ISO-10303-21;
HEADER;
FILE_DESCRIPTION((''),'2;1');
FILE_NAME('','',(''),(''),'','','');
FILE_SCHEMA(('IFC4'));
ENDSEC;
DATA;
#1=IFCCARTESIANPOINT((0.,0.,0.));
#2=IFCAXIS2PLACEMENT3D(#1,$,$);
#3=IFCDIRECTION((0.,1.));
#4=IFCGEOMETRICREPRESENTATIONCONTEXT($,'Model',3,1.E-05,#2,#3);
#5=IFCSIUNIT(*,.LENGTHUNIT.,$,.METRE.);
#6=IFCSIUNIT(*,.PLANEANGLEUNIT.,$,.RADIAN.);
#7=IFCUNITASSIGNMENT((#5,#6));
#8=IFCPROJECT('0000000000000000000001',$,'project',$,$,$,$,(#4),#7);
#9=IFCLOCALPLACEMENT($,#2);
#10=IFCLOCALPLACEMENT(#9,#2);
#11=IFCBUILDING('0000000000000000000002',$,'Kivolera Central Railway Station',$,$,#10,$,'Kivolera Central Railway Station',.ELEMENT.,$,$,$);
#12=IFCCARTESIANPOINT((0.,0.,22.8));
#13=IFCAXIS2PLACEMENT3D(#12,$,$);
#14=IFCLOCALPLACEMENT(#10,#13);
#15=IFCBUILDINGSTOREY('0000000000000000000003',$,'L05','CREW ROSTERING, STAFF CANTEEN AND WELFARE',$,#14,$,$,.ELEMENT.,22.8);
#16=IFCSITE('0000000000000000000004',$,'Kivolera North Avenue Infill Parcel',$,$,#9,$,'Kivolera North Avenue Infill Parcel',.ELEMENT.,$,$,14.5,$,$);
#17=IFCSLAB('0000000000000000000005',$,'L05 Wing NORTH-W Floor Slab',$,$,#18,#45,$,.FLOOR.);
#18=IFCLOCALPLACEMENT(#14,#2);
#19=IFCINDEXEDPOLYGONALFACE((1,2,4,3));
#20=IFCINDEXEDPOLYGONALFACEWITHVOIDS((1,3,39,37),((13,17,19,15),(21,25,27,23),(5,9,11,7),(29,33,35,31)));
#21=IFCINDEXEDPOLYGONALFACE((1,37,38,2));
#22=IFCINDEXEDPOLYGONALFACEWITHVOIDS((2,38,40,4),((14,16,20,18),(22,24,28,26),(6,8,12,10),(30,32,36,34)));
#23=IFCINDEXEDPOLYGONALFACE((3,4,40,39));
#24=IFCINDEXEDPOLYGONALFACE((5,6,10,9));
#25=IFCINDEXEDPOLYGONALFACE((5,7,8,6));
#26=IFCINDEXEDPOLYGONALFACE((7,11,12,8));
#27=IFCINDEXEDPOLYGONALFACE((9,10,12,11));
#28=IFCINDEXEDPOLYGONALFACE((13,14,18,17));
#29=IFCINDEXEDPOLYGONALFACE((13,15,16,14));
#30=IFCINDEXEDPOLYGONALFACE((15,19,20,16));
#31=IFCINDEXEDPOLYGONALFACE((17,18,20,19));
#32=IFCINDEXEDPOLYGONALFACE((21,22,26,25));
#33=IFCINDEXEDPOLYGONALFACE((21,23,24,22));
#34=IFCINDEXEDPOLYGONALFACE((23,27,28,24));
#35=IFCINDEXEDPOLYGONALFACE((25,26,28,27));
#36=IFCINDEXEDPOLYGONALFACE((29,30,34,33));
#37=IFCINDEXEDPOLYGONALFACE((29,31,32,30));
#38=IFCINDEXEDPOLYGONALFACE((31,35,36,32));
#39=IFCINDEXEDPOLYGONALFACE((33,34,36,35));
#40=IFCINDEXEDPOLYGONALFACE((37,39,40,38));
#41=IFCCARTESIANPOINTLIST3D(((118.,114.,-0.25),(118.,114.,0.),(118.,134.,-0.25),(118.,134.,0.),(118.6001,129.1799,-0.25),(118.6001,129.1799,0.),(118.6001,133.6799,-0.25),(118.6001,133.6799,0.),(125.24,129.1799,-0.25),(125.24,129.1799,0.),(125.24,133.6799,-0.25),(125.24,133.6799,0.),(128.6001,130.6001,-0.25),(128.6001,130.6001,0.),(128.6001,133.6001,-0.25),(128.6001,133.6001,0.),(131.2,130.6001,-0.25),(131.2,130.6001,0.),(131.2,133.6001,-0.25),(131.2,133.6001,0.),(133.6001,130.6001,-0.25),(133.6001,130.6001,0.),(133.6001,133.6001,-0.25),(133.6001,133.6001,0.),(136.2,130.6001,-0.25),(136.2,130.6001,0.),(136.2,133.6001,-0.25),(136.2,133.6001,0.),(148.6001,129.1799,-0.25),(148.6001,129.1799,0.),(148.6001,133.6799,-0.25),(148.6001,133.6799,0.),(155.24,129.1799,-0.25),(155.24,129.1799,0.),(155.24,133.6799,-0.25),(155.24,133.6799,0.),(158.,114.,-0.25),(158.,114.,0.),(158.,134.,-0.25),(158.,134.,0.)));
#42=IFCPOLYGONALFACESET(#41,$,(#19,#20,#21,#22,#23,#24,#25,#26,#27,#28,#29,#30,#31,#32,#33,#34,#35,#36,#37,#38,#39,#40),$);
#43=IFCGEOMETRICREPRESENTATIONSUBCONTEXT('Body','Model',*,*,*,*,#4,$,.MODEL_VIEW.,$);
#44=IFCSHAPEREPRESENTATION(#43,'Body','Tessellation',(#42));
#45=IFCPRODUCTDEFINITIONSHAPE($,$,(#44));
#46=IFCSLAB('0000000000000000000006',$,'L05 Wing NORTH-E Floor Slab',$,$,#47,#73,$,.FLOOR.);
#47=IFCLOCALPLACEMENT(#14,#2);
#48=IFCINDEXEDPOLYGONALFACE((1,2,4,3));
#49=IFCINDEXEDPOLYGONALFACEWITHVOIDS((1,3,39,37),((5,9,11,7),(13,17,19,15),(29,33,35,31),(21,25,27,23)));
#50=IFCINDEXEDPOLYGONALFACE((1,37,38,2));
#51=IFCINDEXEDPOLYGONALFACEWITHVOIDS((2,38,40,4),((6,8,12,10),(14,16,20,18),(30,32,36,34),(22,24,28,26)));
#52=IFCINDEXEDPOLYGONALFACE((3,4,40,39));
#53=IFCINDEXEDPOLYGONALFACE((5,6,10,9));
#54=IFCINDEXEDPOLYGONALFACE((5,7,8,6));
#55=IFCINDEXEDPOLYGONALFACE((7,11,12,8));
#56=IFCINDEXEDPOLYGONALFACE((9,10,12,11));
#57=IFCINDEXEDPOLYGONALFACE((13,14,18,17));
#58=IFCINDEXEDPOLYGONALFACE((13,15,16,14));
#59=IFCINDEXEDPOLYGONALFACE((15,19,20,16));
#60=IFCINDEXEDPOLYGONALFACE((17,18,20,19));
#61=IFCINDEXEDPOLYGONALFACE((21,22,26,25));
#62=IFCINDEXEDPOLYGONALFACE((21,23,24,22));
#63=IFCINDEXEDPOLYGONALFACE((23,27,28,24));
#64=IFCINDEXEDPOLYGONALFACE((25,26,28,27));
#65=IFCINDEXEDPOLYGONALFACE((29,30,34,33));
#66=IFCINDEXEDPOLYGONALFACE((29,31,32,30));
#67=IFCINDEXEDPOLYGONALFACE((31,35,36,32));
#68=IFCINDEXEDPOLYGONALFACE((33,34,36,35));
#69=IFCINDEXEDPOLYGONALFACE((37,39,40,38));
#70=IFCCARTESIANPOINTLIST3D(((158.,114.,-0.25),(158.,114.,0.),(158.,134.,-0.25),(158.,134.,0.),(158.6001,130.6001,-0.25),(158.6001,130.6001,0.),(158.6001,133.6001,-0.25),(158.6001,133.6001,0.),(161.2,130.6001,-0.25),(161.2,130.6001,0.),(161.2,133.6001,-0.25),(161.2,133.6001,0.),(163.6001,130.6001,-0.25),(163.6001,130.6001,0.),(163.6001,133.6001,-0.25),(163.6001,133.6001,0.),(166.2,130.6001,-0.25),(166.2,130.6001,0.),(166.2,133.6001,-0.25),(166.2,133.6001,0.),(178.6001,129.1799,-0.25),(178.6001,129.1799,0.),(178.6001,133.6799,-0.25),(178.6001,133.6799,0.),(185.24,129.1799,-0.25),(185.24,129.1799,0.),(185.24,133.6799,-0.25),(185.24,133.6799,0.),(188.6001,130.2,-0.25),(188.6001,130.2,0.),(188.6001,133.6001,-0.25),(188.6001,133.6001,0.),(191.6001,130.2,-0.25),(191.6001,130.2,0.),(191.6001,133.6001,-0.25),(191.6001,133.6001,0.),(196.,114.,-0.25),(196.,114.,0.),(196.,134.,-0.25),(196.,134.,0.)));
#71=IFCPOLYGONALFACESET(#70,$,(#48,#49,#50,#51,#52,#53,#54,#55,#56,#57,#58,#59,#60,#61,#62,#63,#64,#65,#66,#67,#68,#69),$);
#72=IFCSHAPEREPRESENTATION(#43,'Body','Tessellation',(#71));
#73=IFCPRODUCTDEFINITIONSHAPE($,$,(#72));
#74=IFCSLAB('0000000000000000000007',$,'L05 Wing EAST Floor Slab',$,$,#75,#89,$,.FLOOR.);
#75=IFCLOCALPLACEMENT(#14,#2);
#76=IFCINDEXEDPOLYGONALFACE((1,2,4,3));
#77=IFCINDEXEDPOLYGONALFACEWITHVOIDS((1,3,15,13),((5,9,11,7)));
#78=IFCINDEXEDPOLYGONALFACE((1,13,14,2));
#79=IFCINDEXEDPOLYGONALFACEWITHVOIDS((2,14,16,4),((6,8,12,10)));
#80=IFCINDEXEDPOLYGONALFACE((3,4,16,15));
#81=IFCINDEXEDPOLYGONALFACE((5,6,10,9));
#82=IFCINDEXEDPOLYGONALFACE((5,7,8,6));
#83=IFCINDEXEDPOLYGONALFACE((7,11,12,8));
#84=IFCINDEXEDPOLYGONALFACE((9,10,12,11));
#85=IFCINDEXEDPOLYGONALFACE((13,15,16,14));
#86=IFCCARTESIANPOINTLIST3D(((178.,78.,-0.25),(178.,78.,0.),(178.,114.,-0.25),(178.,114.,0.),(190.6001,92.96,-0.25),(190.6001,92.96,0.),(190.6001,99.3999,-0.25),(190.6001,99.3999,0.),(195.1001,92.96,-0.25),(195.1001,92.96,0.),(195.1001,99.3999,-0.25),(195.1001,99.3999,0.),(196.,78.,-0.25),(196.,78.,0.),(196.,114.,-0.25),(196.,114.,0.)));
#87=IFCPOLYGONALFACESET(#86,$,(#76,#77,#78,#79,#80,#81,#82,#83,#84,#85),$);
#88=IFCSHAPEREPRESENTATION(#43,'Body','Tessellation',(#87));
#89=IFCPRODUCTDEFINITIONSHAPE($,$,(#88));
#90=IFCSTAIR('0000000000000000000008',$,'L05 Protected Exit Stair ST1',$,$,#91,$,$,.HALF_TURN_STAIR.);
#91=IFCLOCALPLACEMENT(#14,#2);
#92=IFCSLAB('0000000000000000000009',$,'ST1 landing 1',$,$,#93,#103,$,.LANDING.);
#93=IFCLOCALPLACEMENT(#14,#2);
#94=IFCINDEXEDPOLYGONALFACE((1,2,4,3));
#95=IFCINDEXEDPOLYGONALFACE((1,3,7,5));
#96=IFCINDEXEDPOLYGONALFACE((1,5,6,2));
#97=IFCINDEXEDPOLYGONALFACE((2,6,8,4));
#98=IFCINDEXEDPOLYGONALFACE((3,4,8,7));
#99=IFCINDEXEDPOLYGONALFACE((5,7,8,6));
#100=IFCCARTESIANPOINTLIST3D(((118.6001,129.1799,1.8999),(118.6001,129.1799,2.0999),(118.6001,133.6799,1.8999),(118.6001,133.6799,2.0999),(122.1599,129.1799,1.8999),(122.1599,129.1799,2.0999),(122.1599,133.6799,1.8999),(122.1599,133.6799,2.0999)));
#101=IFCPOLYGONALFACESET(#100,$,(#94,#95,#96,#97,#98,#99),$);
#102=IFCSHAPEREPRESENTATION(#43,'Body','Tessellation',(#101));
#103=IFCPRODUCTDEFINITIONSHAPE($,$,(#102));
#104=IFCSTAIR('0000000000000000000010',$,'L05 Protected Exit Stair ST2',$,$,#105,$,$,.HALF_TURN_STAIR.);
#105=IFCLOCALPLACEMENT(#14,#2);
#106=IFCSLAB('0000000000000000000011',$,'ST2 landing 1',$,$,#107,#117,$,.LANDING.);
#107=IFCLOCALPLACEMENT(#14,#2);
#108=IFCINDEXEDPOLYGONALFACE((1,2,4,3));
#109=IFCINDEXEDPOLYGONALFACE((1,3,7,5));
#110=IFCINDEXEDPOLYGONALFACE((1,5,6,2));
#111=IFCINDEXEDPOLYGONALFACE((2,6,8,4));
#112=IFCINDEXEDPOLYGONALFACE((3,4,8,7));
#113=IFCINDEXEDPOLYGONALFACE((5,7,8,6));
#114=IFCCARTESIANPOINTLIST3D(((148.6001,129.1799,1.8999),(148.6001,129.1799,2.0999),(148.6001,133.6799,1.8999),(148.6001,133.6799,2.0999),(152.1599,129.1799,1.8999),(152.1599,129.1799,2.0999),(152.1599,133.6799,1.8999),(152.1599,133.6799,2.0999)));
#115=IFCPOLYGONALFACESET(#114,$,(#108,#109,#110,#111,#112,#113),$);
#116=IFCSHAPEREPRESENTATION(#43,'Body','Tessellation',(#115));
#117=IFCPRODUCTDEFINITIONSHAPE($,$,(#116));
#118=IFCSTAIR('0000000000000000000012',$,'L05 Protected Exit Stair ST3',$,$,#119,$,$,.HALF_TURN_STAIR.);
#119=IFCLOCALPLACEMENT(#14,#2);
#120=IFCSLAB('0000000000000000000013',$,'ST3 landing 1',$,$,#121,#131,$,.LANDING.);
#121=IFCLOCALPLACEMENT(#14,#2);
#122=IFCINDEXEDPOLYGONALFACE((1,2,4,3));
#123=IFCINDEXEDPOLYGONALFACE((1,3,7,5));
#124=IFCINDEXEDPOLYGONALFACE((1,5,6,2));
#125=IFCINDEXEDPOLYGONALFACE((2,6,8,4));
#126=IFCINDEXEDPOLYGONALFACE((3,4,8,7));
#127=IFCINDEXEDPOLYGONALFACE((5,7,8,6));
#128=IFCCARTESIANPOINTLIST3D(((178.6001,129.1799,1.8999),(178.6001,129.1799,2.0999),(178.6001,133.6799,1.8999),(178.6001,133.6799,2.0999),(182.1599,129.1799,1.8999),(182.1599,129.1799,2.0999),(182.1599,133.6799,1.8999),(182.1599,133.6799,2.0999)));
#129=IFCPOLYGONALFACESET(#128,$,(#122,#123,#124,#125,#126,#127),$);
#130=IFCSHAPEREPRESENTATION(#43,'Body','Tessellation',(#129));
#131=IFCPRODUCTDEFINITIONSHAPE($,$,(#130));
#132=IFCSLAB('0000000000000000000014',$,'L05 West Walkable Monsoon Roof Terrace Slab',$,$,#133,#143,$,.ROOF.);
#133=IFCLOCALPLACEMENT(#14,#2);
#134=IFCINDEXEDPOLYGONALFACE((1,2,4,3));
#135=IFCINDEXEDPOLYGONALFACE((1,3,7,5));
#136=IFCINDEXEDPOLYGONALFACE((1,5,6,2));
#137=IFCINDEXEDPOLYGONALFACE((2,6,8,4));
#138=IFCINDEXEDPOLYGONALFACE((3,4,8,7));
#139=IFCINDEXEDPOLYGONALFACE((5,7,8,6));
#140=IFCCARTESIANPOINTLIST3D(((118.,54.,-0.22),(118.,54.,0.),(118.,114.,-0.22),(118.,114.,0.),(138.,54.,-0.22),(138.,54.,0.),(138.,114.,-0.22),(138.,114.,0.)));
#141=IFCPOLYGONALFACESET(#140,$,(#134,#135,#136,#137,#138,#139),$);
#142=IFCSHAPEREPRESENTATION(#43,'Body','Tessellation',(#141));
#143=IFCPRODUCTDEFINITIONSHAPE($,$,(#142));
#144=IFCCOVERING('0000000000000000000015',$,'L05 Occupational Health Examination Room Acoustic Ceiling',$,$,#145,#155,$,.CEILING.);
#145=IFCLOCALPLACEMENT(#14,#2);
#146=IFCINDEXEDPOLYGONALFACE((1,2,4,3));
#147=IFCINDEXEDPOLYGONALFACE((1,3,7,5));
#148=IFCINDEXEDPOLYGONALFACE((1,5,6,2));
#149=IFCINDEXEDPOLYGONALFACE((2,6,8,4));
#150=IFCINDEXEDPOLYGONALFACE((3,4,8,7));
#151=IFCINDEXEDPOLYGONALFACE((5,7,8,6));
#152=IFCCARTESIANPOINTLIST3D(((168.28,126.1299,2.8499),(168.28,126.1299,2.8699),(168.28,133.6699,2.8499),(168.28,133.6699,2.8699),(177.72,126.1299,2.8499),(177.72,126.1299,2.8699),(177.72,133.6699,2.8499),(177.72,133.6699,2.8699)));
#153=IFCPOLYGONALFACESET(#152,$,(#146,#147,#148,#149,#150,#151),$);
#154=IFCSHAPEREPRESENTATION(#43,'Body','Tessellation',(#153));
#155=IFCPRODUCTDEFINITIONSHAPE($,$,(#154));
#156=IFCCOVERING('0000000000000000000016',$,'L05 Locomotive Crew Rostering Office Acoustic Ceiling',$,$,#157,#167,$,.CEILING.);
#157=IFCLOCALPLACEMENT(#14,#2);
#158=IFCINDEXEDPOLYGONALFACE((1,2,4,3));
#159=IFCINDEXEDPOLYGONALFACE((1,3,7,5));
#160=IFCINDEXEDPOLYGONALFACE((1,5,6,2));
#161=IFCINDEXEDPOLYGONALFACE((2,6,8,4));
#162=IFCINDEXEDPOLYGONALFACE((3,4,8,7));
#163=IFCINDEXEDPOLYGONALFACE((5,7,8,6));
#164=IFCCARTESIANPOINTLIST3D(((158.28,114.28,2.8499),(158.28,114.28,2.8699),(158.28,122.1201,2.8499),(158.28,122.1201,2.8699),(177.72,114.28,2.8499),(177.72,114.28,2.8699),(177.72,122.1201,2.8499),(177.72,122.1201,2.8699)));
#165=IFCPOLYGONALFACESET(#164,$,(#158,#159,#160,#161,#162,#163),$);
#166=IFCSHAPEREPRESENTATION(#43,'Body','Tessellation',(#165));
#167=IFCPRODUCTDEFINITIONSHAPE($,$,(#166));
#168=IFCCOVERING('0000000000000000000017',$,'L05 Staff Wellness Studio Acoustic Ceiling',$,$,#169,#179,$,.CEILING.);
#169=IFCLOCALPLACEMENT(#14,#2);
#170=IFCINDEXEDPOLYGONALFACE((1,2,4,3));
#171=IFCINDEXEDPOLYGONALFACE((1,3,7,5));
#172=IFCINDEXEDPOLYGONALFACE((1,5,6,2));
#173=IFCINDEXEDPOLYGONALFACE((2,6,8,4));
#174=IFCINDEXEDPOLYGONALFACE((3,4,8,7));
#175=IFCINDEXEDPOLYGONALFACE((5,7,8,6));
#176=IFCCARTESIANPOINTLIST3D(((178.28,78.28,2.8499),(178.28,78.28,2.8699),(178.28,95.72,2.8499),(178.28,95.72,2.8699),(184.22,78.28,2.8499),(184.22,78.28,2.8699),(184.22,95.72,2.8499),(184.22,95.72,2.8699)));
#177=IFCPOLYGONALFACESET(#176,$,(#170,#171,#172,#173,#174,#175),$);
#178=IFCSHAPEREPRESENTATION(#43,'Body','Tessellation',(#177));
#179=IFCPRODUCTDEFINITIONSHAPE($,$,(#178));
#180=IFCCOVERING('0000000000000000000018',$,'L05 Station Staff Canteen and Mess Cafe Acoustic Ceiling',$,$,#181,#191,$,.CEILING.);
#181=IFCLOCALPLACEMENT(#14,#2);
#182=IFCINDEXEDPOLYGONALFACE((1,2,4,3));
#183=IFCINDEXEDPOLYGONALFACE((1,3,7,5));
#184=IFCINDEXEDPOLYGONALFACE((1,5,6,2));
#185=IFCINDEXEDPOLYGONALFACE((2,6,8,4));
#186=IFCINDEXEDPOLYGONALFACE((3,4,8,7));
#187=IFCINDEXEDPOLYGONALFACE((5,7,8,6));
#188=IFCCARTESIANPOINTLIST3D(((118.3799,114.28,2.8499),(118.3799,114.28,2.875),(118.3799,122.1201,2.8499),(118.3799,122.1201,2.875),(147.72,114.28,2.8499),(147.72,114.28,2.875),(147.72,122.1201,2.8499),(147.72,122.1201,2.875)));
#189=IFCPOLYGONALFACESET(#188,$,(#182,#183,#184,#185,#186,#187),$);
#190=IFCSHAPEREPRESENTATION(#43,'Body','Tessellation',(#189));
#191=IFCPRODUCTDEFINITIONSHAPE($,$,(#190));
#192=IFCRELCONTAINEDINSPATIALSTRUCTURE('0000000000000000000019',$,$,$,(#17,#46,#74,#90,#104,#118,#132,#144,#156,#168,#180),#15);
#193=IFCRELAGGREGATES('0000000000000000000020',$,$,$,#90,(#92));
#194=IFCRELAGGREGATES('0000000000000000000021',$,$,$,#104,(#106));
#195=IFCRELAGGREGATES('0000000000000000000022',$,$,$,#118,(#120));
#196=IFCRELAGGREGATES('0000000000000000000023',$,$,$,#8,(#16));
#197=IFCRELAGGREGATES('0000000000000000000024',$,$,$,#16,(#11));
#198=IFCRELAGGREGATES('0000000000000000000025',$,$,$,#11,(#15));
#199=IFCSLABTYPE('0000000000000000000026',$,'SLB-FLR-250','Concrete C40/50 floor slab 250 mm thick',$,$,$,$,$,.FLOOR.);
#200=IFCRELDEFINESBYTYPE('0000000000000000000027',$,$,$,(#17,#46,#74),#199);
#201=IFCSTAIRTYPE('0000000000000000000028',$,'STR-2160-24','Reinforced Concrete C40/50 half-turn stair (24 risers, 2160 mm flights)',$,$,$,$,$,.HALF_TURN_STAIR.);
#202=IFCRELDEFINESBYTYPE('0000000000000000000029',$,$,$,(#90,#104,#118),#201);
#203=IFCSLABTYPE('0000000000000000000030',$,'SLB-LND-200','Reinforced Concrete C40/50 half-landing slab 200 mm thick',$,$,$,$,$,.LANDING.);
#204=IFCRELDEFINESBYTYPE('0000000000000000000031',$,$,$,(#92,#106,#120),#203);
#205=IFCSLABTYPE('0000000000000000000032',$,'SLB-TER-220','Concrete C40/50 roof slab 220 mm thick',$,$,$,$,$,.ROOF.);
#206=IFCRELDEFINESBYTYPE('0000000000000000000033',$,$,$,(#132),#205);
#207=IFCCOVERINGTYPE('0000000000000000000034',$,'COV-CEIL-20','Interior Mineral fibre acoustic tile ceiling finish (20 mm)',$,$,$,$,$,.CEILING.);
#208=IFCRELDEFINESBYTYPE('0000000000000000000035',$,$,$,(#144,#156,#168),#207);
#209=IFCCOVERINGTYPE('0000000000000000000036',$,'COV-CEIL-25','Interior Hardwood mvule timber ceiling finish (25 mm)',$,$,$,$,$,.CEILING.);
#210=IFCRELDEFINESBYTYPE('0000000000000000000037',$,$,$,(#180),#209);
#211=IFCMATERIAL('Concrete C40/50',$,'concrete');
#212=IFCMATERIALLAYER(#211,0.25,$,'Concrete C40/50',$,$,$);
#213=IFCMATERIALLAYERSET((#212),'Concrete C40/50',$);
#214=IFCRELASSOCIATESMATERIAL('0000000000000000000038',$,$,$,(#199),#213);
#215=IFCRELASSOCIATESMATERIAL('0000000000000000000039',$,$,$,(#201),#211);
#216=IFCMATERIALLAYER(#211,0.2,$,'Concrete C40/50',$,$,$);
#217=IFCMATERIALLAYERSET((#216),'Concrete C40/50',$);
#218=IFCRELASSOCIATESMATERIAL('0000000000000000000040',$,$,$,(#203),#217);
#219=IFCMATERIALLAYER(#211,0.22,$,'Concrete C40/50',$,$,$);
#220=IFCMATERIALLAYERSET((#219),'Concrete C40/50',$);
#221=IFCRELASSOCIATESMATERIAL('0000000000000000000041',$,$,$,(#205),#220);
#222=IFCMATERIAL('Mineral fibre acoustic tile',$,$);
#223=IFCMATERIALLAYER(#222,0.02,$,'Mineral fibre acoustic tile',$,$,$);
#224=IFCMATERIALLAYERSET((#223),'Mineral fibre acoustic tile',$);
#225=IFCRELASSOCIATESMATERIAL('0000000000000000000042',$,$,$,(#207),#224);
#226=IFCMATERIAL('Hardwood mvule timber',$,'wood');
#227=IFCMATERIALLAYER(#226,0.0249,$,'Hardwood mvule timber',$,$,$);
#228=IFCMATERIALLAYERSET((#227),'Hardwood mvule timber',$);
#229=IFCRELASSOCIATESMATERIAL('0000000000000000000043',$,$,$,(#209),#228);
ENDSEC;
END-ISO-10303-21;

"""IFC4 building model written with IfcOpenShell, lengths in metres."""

from ifc_helpers import new_model, si_unit, direction, frame, origin, place, context, subcontext, project, spatial, polyline, outline, extrude, material, layer, layer_set, type_object, element, aggregate, save


model = new_model("IFC4")

# Units and contexts
model_context = context("Model", 3, precision=1e-05, world=origin(), true_north=direction((0.0, 1.0)))
body_context = subcontext(model_context, "Body", "Model", "MODEL_VIEW")
ifc_project = project(units=[si_unit("LENGTHUNIT", "METRE"), si_unit("PLANEANGLEUNIT", "RADIAN")], contexts=[model_context])

# Site, building, storey
site_placement = place(None, origin())
site = spatial("IfcSite", under=ifc_project, at=site_placement, Name="Kivolera North Avenue Infill Parcel", LongName="Kivolera North Avenue Infill Parcel", CompositionType="ELEMENT", RefElevation=14.5)
building_placement = place(site_placement, origin())
building = spatial("IfcBuilding", under=site, at=building_placement, Name="Kivolera Central Railway Station", LongName="Kivolera Central Railway Station", CompositionType="ELEMENT")
storey_placement = place(building_placement, frame((0.0, 0.0, 22.8)))
storey = spatial("IfcBuildingStorey", under=building, at=storey_placement, Name="L05", Description="CREW ROSTERING, STAFF CANTEEN AND WELFARE", CompositionType="ELEMENT", Elevation=22.8)

# Slabs
ifc_material_1 = material(Name="Concrete C40/50", Category="concrete")
ifc_layer_1 = layer(ifc_material_1, 0.25, Name="Concrete C40/50")
ifc_layer_set_1 = layer_set([ifc_layer_1], Name="Concrete C40/50")
slab_type_1 = type_object("IfcSlabType", Name="SLB-FLR-250", Description="Concrete C40/50 floor slab 250 mm thick", PredefinedType="FLOOR", material=ifc_layer_set_1)
slab_1_placement = place(storey_placement, frame((0.0, 0.0, -0.25)))
element("IfcSlab", 1, at=slab_1_placement, inside=storey, type_object=slab_type_1, Name="L05 Wing NORTH-W Floor Slab", PredefinedType="FLOOR", context=body_context, shape_type="SweptSolid", body=[
    extrude(outline(polyline([(118.0, 114.0), (158.0, 114.0), (158.0, 134.0), (118.0, 134.0), (118.0, 114.0)]), holes=[polyline([(125.24, 133.6799), (118.6001, 133.6799), (118.6001, 129.1799), (125.24, 129.1799), (125.24, 133.6799)]), polyline([(155.24, 133.6799), (148.6001, 133.6799), (148.6001, 129.1799), (155.24, 129.1799), (155.24, 133.6799)]), polyline([(128.6001, 130.6001), (131.2, 130.6001), (131.2, 133.6001), (128.6001, 133.6001), (128.6001, 130.6001)]), polyline([(133.6001, 130.6001), (136.2, 130.6001), (136.2, 133.6001), (133.6001, 133.6001), (133.6001, 130.6001)])]), origin(), (0.0, 0.0, 1.0), 0.25),
])
slab_2_placement = place(storey_placement, frame((0.0, 0.0, -0.25)))
element("IfcSlab", 2, at=slab_2_placement, inside=storey, type_object=slab_type_1, Name="L05 Wing NORTH-E Floor Slab", PredefinedType="FLOOR", context=body_context, shape_type="SweptSolid", body=[
    extrude(outline(polyline([(158.0, 114.0), (196.0, 114.0), (196.0, 134.0), (158.0, 134.0), (158.0, 114.0)]), holes=[polyline([(185.24, 133.6799), (178.6001, 133.6799), (178.6001, 129.1799), (185.24, 129.1799), (185.24, 133.6799)]), polyline([(158.6001, 130.6001), (161.2, 130.6001), (161.2, 133.6001), (158.6001, 133.6001), (158.6001, 130.6001)]), polyline([(163.6001, 130.6001), (166.2, 130.6001), (166.2, 133.6001), (163.6001, 133.6001), (163.6001, 130.6001)]), polyline([(188.6001, 130.2), (191.6001, 130.2), (191.6001, 133.6001), (188.6001, 133.6001), (188.6001, 130.2)])]), origin(), (0.0, 0.0, 1.0), 0.25),
])
slab_3_placement = place(storey_placement, frame((0.0, 0.0, -0.25)))
element("IfcSlab", 3, at=slab_3_placement, inside=storey, type_object=slab_type_1, Name="L05 Wing EAST Floor Slab", PredefinedType="FLOOR", context=body_context, shape_type="SweptSolid", body=[
    extrude(outline(polyline([(178.0, 78.0), (196.0, 78.0), (196.0, 114.0), (178.0, 114.0), (178.0, 78.0)]), holes=[polyline([(195.1001, 92.96), (195.1001, 99.3999), (190.6001, 99.3999), (190.6001, 92.96), (195.1001, 92.96)])]), origin(), (0.0, 0.0, 1.0), 0.25),
])

# Stairs, slabs
stair_type = type_object("IfcStairType", Name="STR-2160-24", Description="Reinforced Concrete C40/50 half-turn stair (24 risers, 2160 mm flights)", PredefinedType="HALF_TURN_STAIR", material=ifc_material_1)
stair_1_placement = place(storey_placement, origin())
stair_1 = element("IfcStair", 4, at=stair_1_placement, inside=storey, type_object=stair_type, Name="L05 Protected Exit Stair ST1", PredefinedType="HALF_TURN_STAIR")
ifc_layer_2 = layer(ifc_material_1, 0.2, Name="Concrete C40/50")
ifc_layer_set_2 = layer_set([ifc_layer_2], Name="Concrete C40/50")
slab_type_2 = type_object("IfcSlabType", Name="SLB-LND-200", Description="Reinforced Concrete C40/50 half-landing slab 200 mm thick", PredefinedType="LANDING", material=ifc_layer_set_2)
slab_4_placement = place(storey_placement, frame((0.0, 0.0, 1.8999)))
slab_4 = element("IfcSlab", 5, at=slab_4_placement, type_object=slab_type_2, Name="ST1 landing 1", PredefinedType="LANDING", context=body_context, shape_type="SweptSolid", body=[
    extrude(outline(polyline([(122.1599, 133.6799), (118.6001, 133.6799), (118.6001, 129.1799), (122.1599, 129.1799), (122.1599, 133.6799)])), origin(), (0.0, 0.0, 1.0), 0.2),
])
aggregate(stair_1, [slab_4])
stair_2_placement = place(storey_placement, origin())
stair_2 = element("IfcStair", 6, at=stair_2_placement, inside=storey, type_object=stair_type, Name="L05 Protected Exit Stair ST2", PredefinedType="HALF_TURN_STAIR")
slab_5_placement = place(storey_placement, frame((0.0, 0.0, 1.8999)))
slab_5 = element("IfcSlab", 7, at=slab_5_placement, type_object=slab_type_2, Name="ST2 landing 1", PredefinedType="LANDING", context=body_context, shape_type="SweptSolid", body=[
    extrude(outline(polyline([(152.1599, 133.6799), (148.6001, 133.6799), (148.6001, 129.1799), (152.1599, 129.1799), (152.1599, 133.6799)])), origin(), (0.0, 0.0, 1.0), 0.2),
])
aggregate(stair_2, [slab_5])
stair_3_placement = place(storey_placement, origin())
stair_3 = element("IfcStair", 8, at=stair_3_placement, inside=storey, type_object=stair_type, Name="L05 Protected Exit Stair ST3", PredefinedType="HALF_TURN_STAIR")
slab_6_placement = place(storey_placement, frame((0.0, 0.0, 1.8999)))
slab_6 = element("IfcSlab", 9, at=slab_6_placement, type_object=slab_type_2, Name="ST3 landing 1", PredefinedType="LANDING", context=body_context, shape_type="SweptSolid", body=[
    extrude(outline(polyline([(182.1599, 133.6799), (178.6001, 133.6799), (178.6001, 129.1799), (182.1599, 129.1799), (182.1599, 133.6799)])), origin(), (0.0, 0.0, 1.0), 0.2),
])
aggregate(stair_3, [slab_6])

# Slab
ifc_layer_3 = layer(ifc_material_1, 0.22, Name="Concrete C40/50")
ifc_layer_set_3 = layer_set([ifc_layer_3], Name="Concrete C40/50")
slab_type_3 = type_object("IfcSlabType", Name="SLB-TER-220", Description="Concrete C40/50 roof slab 220 mm thick", PredefinedType="ROOF", material=ifc_layer_set_3)
slab_7_placement = place(storey_placement, frame((0.0, 0.0, -0.22)))
element("IfcSlab", 10, at=slab_7_placement, inside=storey, type_object=slab_type_3, Name="L05 West Walkable Monsoon Roof Terrace Slab", PredefinedType="ROOF", context=body_context, shape_type="SweptSolid", body=[
    extrude(outline(polyline([(118.0, 54.0), (138.0, 54.0), (138.0, 114.0), (118.0, 114.0), (118.0, 54.0)])), origin(), (0.0, 0.0, 1.0), 0.22),
])

# Coverings
ifc_material_2 = material(Name="Mineral fibre acoustic tile")
ifc_layer_4 = layer(ifc_material_2, 0.02, Name="Mineral fibre acoustic tile")
ifc_layer_set_4 = layer_set([ifc_layer_4], Name="Mineral fibre acoustic tile")
covering_type_1 = type_object("IfcCoveringType", Name="COV-CEIL-20", Description="Interior Mineral fibre acoustic tile ceiling finish (20 mm)", PredefinedType="CEILING", material=ifc_layer_set_4)
covering_1_placement = place(storey_placement, frame((0.0, 0.0, 2.8499)))
element("IfcCovering", 11, at=covering_1_placement, inside=storey, type_object=covering_type_1, Name="L05 Occupational Health Examination Room Acoustic Ceiling", PredefinedType="CEILING", context=body_context, shape_type="SweptSolid", body=[
    extrude(outline(polyline([(168.28, 126.1299), (177.72, 126.1299), (177.72, 133.6699), (168.28, 133.6699), (168.28, 126.1299)])), origin(), (0.0, 0.0, 1.0), 0.02),
])
covering_2_placement = place(storey_placement, frame((0.0, 0.0, 2.8499)))
element("IfcCovering", 12, at=covering_2_placement, inside=storey, type_object=covering_type_1, Name="L05 Locomotive Crew Rostering Office Acoustic Ceiling", PredefinedType="CEILING", context=body_context, shape_type="SweptSolid", body=[
    extrude(outline(polyline([(158.28, 114.28), (177.72, 114.28), (177.72, 122.1201), (158.28, 122.1201), (158.28, 114.28)])), origin(), (0.0, 0.0, 1.0), 0.02),
])
covering_3_placement = place(storey_placement, frame((0.0, 0.0, 2.8499)))
element("IfcCovering", 13, at=covering_3_placement, inside=storey, type_object=covering_type_1, Name="L05 Staff Wellness Studio Acoustic Ceiling", PredefinedType="CEILING", context=body_context, shape_type="SweptSolid", body=[
    extrude(outline(polyline([(178.28, 78.28), (184.22, 78.28), (184.22, 95.72), (178.28, 95.72), (178.28, 78.28)])), origin(), (0.0, 0.0, 1.0), 0.02),
])
ifc_material_3 = material(Name="Hardwood mvule timber", Category="wood")
ifc_layer_5 = layer(ifc_material_3, 0.0249, Name="Hardwood mvule timber")
ifc_layer_set_5 = layer_set([ifc_layer_5], Name="Hardwood mvule timber")
covering_type_2 = type_object("IfcCoveringType", Name="COV-CEIL-25", Description="Interior Hardwood mvule timber ceiling finish (25 mm)", PredefinedType="CEILING", material=ifc_layer_set_5)
covering_4_placement = place(storey_placement, frame((0.0, 0.0, 2.8499)))
element("IfcCovering", 14, at=covering_4_placement, inside=storey, type_object=covering_type_2, Name="L05 Station Staff Canteen and Mess Cafe Acoustic Ceiling", PredefinedType="CEILING", context=body_context, shape_type="SweptSolid", body=[
    extrude(outline(polyline([(118.3799, 114.28), (147.72, 114.28), (147.72, 122.1201), (118.3799, 122.1201), (118.3799, 114.28)])), origin(), (0.0, 0.0, 1.0), 0.0251),
])

save(model, "model.ifc")
